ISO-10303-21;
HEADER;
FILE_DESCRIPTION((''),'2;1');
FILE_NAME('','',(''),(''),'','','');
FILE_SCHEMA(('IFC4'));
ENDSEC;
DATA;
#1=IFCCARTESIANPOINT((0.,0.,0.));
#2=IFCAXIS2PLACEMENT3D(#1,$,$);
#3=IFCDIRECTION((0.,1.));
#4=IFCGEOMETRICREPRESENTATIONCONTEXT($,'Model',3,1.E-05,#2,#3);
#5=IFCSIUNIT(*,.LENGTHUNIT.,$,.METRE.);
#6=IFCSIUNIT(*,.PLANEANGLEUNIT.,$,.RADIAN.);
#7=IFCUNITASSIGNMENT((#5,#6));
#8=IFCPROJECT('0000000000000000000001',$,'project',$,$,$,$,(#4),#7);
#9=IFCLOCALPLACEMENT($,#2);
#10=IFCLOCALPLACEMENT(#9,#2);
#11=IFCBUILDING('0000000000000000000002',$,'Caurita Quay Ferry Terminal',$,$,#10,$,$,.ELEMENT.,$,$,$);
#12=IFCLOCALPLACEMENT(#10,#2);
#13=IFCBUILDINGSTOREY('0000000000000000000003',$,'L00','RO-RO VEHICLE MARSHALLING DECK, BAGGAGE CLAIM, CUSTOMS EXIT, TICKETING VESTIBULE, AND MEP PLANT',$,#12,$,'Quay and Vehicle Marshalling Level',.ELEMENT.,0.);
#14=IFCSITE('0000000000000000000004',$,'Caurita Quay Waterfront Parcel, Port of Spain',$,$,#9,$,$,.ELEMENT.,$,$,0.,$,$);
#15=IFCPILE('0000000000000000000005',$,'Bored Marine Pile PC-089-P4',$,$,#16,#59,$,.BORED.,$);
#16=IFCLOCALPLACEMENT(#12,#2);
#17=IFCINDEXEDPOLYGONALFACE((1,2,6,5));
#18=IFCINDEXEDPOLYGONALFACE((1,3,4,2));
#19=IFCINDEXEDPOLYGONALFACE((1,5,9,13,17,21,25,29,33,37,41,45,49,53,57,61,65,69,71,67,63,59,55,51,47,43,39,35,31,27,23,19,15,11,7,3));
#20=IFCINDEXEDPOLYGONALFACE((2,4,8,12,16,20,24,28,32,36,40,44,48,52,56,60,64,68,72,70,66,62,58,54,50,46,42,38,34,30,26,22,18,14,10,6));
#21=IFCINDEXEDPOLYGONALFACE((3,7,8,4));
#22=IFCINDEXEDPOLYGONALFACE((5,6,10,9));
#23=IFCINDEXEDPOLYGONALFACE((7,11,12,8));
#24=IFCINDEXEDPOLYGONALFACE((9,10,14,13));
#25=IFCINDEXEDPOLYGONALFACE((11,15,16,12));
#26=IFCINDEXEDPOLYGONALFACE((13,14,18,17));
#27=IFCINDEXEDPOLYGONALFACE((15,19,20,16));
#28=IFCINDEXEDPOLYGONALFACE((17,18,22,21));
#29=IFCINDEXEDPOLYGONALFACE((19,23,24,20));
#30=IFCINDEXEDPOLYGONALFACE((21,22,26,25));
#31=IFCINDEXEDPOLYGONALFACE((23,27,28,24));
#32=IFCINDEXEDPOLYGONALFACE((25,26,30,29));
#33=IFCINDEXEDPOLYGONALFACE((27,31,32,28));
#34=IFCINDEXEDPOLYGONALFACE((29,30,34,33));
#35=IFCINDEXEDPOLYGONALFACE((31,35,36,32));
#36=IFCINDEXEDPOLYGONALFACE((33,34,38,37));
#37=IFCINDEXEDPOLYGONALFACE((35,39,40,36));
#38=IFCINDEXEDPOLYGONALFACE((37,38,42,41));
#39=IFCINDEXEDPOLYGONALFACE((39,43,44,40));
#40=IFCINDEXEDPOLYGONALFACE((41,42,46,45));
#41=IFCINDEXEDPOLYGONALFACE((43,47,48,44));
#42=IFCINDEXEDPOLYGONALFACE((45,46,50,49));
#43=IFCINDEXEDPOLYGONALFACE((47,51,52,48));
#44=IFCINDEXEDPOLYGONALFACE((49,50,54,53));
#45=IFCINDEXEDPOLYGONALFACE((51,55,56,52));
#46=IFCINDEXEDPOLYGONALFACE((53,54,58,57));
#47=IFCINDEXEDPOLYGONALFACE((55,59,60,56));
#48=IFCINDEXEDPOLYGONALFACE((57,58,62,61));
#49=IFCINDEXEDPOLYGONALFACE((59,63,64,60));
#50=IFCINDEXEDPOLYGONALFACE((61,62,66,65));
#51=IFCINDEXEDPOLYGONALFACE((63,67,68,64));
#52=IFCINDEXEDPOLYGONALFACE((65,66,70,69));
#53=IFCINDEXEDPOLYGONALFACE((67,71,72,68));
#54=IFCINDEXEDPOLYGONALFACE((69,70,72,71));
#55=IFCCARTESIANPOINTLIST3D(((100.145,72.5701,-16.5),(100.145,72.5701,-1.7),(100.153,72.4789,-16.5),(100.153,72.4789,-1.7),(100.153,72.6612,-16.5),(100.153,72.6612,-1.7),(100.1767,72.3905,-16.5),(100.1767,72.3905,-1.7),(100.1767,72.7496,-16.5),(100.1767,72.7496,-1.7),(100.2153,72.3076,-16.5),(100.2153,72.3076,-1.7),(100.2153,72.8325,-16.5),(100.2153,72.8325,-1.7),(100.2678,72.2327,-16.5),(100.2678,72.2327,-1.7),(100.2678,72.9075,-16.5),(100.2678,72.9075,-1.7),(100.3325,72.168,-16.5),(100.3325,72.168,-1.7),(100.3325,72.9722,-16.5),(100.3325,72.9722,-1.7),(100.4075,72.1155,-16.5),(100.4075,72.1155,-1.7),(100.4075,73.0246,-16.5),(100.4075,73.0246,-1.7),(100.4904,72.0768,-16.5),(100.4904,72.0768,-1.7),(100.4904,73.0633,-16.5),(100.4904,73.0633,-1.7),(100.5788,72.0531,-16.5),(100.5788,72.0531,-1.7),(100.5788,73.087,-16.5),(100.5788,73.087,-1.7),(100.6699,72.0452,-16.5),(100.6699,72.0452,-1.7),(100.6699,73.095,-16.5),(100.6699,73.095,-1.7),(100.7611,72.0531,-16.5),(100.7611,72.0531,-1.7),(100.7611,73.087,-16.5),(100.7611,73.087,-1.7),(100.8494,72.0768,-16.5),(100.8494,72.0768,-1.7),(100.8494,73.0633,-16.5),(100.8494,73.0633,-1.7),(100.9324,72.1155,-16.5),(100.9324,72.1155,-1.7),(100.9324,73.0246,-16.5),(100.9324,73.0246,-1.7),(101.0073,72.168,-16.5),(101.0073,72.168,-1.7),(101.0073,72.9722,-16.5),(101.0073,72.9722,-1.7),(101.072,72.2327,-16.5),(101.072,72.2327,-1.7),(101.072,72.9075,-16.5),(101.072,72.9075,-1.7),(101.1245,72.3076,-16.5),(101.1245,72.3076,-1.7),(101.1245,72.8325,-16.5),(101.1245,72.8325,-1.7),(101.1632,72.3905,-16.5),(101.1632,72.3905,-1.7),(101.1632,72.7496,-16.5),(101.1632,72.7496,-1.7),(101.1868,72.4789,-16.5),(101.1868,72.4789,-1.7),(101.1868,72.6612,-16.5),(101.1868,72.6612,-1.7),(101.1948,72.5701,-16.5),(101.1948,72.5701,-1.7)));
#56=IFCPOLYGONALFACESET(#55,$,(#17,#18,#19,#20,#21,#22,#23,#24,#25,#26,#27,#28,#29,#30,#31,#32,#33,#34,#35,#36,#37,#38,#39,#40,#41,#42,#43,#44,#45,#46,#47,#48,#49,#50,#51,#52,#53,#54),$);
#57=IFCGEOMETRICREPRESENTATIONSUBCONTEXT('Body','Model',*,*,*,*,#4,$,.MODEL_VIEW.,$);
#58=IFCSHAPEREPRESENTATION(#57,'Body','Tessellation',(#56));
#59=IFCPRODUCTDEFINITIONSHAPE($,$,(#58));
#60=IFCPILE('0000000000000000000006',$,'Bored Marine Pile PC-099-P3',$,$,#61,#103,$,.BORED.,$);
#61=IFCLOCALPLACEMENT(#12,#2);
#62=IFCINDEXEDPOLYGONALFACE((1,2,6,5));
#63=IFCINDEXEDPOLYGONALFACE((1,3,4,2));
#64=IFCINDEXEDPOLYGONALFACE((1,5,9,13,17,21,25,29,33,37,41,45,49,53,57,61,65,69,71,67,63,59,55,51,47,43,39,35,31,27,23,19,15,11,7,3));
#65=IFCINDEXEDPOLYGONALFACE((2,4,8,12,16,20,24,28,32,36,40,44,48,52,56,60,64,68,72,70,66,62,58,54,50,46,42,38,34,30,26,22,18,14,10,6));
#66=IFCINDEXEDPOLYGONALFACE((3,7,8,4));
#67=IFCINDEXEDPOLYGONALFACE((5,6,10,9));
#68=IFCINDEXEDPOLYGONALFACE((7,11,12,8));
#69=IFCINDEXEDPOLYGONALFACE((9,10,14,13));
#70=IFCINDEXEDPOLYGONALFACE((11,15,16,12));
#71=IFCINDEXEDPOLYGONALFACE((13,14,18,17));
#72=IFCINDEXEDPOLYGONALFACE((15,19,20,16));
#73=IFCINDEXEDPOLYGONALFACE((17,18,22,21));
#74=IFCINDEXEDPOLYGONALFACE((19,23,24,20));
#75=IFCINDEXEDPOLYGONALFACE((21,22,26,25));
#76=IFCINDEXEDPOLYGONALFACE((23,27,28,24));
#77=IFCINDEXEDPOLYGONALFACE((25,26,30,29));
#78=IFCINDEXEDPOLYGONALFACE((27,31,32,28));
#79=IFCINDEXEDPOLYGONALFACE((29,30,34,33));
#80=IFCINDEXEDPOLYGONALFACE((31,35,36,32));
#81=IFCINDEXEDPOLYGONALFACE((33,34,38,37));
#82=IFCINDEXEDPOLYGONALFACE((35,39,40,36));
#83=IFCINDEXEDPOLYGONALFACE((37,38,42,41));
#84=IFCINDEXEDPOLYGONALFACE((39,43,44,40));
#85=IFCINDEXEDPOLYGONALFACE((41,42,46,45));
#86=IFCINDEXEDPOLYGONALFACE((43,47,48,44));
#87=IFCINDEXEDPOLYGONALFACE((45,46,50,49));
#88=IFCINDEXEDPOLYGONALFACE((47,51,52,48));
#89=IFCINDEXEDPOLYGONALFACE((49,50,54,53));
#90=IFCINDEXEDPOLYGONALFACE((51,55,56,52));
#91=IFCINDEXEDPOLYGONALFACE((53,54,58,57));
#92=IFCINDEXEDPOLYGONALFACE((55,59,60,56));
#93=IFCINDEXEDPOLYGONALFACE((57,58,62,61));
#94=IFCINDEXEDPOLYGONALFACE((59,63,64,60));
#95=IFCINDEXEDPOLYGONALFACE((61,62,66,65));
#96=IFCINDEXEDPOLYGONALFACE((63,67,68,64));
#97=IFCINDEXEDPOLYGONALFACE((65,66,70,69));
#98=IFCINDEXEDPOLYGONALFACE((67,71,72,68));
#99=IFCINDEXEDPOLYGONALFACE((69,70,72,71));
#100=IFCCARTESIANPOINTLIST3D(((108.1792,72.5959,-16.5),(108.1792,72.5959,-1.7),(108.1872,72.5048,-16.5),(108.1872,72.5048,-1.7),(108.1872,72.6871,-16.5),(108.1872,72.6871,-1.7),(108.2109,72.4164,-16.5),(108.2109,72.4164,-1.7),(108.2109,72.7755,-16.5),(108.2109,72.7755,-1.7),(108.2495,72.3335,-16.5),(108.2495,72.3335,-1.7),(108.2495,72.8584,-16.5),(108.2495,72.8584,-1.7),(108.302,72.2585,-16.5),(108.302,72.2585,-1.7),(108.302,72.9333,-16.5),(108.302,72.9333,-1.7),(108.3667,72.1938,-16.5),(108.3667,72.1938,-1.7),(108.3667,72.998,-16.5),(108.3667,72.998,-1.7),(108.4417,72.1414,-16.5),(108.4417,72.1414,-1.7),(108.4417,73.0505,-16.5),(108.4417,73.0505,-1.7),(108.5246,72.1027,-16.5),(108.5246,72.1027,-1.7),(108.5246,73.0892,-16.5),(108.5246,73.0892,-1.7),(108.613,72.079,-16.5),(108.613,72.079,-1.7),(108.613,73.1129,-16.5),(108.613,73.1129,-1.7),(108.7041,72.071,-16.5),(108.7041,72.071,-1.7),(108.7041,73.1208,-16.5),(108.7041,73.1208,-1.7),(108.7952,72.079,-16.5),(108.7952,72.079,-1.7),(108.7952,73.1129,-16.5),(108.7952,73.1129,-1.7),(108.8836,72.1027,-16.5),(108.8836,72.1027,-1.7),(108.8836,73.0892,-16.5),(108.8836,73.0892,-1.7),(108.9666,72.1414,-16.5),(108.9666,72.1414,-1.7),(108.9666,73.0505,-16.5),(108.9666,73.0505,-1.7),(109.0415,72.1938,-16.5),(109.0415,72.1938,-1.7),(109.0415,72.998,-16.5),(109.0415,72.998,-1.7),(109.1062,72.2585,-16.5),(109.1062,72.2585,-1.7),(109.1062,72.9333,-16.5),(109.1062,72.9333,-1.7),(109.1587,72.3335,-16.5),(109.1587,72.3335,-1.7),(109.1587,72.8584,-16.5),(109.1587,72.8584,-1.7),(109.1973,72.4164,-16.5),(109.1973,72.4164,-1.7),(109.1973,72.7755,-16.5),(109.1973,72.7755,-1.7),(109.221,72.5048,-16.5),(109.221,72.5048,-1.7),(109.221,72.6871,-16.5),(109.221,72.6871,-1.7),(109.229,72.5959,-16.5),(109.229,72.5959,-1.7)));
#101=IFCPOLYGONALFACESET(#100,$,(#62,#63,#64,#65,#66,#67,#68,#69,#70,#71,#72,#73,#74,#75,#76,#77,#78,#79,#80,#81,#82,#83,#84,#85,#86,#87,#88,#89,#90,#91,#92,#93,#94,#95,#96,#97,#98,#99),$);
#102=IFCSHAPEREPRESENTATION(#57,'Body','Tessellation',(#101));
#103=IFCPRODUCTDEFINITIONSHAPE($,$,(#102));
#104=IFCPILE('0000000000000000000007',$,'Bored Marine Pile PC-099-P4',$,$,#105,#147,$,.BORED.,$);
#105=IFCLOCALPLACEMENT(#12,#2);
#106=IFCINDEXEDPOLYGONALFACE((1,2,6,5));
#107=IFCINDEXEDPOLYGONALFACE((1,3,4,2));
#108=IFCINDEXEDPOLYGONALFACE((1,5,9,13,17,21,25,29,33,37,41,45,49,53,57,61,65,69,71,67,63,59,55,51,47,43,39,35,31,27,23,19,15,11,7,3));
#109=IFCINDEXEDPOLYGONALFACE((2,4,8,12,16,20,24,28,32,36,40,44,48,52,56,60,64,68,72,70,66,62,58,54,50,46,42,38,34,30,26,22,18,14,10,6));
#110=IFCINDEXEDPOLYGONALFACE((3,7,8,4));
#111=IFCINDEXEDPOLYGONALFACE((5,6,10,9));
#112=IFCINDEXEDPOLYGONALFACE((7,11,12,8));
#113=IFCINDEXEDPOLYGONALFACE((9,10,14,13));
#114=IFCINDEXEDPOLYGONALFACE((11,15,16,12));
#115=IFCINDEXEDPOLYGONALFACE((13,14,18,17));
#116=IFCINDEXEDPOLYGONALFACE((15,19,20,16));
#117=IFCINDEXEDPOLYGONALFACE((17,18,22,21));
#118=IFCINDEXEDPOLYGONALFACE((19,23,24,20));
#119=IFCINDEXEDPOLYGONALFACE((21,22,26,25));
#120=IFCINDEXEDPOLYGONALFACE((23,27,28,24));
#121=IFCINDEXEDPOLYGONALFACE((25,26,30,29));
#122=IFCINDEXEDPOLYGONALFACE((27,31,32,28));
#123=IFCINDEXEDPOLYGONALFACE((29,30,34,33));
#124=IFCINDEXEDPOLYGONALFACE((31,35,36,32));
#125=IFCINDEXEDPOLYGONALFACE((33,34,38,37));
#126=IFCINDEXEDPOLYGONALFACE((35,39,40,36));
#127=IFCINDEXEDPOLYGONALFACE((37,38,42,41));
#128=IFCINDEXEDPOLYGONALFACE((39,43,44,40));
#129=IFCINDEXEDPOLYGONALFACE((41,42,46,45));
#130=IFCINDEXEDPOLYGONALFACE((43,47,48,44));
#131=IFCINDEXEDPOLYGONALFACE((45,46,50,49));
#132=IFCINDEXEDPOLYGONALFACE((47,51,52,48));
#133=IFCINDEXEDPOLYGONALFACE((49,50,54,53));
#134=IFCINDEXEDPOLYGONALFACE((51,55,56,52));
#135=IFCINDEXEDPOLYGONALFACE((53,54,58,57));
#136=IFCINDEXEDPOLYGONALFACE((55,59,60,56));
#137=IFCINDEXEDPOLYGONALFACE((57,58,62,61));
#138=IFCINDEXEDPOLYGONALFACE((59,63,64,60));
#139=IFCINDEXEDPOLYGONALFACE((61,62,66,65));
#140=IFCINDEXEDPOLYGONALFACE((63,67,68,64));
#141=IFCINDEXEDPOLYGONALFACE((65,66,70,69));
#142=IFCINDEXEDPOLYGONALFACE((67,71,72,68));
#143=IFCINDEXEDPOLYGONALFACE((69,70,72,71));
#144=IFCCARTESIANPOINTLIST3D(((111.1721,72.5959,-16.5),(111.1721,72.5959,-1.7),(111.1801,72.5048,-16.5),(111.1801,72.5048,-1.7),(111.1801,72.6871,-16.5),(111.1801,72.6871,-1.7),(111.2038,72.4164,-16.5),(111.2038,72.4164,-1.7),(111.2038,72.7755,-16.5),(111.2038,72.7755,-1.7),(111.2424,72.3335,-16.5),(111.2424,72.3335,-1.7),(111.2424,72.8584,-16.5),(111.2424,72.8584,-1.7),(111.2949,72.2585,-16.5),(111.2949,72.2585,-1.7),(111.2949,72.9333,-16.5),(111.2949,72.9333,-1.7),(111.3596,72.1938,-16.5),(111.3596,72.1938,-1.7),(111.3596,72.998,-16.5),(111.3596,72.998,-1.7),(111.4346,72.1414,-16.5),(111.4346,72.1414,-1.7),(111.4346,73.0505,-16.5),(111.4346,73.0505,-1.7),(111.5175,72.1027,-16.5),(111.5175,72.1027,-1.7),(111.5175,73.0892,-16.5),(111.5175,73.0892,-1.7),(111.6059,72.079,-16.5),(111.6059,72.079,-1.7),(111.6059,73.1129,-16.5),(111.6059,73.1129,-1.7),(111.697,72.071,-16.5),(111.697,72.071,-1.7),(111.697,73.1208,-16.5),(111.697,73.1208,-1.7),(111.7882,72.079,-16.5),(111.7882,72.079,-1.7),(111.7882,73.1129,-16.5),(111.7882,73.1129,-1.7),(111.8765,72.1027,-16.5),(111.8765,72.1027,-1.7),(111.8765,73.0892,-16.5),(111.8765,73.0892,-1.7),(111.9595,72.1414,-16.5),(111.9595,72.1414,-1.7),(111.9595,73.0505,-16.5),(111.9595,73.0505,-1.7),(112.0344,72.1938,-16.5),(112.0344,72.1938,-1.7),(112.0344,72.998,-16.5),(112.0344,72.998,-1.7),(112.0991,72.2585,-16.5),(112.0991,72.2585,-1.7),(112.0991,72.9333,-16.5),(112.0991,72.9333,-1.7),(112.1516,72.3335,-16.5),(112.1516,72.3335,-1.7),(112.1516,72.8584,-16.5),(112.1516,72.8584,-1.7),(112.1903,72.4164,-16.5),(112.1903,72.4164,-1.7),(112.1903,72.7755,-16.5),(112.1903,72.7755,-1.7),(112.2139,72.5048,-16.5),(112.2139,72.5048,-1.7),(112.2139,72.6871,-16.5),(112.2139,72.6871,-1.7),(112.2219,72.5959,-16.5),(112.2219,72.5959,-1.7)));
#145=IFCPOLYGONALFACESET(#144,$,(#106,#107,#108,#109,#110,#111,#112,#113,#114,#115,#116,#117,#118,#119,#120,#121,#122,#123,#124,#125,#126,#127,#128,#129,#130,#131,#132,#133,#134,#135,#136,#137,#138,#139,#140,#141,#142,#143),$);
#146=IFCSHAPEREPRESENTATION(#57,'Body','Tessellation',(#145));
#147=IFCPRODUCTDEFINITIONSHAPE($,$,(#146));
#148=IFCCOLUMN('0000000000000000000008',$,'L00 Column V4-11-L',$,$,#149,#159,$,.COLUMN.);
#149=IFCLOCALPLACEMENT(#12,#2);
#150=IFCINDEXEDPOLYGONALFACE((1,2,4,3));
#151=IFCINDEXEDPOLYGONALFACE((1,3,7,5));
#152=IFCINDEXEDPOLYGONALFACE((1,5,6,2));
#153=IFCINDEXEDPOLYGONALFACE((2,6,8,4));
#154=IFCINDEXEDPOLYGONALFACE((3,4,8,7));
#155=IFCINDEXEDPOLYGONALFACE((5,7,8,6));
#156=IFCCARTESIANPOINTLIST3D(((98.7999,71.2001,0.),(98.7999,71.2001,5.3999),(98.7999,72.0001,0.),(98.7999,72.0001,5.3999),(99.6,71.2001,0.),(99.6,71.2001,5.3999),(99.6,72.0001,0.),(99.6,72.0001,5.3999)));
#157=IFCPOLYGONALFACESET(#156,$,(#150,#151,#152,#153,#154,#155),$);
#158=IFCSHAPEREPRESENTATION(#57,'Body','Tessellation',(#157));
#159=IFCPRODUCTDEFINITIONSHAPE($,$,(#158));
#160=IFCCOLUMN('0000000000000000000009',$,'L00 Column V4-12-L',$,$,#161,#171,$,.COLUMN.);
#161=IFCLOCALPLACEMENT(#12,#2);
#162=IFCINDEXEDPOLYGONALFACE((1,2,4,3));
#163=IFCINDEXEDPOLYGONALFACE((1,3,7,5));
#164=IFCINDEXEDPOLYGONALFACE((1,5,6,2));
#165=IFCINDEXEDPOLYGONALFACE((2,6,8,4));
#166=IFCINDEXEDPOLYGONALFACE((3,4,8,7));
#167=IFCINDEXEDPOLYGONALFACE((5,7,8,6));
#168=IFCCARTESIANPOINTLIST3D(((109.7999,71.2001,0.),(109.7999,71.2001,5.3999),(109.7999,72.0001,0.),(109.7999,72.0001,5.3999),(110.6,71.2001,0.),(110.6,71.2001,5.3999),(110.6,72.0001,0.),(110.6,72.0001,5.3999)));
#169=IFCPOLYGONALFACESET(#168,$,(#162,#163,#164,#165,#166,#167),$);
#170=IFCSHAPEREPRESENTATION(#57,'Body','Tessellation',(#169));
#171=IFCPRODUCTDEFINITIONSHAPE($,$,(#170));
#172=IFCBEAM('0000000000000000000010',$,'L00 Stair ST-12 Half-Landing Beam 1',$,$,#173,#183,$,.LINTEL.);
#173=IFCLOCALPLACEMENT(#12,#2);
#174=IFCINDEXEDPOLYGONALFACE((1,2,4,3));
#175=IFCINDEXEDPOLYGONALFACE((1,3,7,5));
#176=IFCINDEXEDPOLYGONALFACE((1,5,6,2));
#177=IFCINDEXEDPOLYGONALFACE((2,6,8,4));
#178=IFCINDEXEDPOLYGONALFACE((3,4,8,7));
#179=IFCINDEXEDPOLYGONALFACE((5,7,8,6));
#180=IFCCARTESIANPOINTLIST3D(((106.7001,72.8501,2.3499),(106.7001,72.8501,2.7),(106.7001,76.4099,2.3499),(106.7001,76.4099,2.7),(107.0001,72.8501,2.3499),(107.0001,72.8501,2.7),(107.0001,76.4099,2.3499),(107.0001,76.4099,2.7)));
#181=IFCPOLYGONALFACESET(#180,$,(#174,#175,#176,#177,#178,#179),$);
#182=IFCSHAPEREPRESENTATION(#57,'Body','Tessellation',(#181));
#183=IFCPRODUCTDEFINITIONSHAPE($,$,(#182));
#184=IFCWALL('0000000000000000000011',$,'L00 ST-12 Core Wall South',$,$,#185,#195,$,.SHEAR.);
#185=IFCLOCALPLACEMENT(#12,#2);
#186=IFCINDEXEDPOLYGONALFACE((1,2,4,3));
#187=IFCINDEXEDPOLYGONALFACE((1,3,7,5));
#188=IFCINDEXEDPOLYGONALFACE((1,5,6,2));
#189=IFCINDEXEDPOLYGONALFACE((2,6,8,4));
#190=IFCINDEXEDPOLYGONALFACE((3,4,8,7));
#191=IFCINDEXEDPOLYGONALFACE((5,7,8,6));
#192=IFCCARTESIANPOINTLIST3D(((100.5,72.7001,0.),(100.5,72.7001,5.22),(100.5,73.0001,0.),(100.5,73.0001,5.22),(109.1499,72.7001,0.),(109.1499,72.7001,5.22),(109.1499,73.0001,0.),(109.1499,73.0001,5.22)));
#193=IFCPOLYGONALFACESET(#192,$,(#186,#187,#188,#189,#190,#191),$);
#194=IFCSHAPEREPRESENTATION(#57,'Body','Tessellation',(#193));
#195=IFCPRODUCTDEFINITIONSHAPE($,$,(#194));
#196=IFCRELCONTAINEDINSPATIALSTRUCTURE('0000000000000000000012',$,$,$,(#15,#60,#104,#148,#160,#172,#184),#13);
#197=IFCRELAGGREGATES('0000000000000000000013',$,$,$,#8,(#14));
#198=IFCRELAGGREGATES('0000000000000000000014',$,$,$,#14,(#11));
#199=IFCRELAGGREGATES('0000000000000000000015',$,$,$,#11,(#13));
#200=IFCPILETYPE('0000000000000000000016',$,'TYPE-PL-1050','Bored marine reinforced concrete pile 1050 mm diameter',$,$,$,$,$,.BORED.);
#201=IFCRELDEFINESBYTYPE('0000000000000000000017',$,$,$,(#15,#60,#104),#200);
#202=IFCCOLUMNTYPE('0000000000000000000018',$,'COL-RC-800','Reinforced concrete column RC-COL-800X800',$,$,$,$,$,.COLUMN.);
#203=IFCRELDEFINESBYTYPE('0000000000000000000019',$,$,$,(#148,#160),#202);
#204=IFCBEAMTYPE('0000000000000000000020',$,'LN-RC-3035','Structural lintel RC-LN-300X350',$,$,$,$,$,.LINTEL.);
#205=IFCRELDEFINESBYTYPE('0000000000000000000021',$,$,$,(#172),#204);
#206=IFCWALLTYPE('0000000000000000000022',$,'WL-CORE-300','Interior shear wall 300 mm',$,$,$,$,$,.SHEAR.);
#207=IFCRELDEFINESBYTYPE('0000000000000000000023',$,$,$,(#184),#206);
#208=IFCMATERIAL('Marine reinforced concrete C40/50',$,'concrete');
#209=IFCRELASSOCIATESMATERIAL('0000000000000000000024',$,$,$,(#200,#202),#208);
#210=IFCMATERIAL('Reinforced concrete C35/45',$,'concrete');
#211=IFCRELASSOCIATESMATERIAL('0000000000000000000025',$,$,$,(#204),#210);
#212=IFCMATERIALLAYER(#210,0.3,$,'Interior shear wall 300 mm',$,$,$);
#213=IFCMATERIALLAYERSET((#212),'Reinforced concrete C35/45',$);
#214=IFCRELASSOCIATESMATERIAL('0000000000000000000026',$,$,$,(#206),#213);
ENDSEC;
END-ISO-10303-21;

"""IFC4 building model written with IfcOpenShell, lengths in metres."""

from ifc_helpers import new_model, si_unit, direction, frame, frame_2d, origin, origin_2d, place, context, subcontext, project, spatial, rectangle, circle, extrude, material, layer, layer_set, material_profile, profile_set, type_object, element, save


model = new_model("IFC4")

# Units and contexts
model_context = context("Model", 3, precision=1e-05, world=origin(), true_north=direction((0.0, 1.0)))
body_context = subcontext(model_context, "Body", "Model", "MODEL_VIEW")
ifc_project = project(units=[si_unit("LENGTHUNIT", "METRE"), si_unit("PLANEANGLEUNIT", "RADIAN")], contexts=[model_context])

# Site, building, storey
site_placement = place(None, origin())
site = spatial("IfcSite", under=ifc_project, at=site_placement, Name="Caurita Quay Waterfront Parcel, Port of Spain", CompositionType="ELEMENT", RefElevation=0.0)
building_placement = place(site_placement, origin())
building = spatial("IfcBuilding", under=site, at=building_placement, Name="Caurita Quay Ferry Terminal", CompositionType="ELEMENT")
storey_placement = place(building_placement, origin())
storey = spatial("IfcBuildingStorey", under=building, at=storey_placement, Name="L00", Description="RO-RO VEHICLE MARSHALLING DECK, BAGGAGE CLAIM, CUSTOMS EXIT, TICKETING VESTIBULE, AND MEP PLANT", LongName="Quay and Vehicle Marshalling Level", CompositionType="ELEMENT", Elevation=0.0)

# Piles
ifc_material_1 = material(Name="Marine reinforced concrete C40/50", Category="concrete")
ifc_material_profile_1 = material_profile(ifc_material_1, circle(Radius=0.5249, at=origin_2d()), Name="PILE-D1050")
ifc_profile_set_1 = profile_set([ifc_material_profile_1], Name="Marine reinforced concrete C40/50")
pile_type = type_object("IfcPileType", Name="TYPE-PL-1050", Description="Bored marine reinforced concrete pile 1050 mm diameter", PredefinedType="BORED", material=ifc_profile_set_1)
for number, where, z_axis, x_axis, name in (
    (1, (100.6699, 72.5701, -1.7), (0.0, 0.0, -1.0), (1.0, 0.0, 0.0), "Bored Marine Pile PC-089-P4"),
    (2, (108.7041, 72.5959, -1.7), (0.0, 0.0, -1.0), (1.0, 0.0, 0.0), "Bored Marine Pile PC-099-P3"),
    (3, (111.697, 72.5959, -1.7), (0.0, 0.0, -1.0), (1.0, 0.0, 0.0), "Bored Marine Pile PC-099-P4"),
):
    element("IfcPile", number, at=place(storey_placement, frame(where, z_axis=z_axis, x_axis=x_axis)), inside=storey, type_object=pile_type, Name=name, PredefinedType="BORED", context=body_context, shape_type="SweptSolid", body=[
        extrude(circle(Radius=0.5249, at=origin_2d()), origin(), (0.0, 0.0, 1.0), 14.8),
    ])

# Columns
ifc_material_profile_2 = material_profile(ifc_material_1, rectangle(XDim=0.8, YDim=0.8, at=origin_2d()), Name="RC-COL-800X800")
ifc_profile_set_2 = profile_set([ifc_material_profile_2], Name="Marine reinforced concrete C40/50")
column_type = type_object("IfcColumnType", Name="COL-RC-800", Description="Reinforced concrete column RC-COL-800X800", PredefinedType="COLUMN", material=ifc_profile_set_2)
for number, where, z_axis, x_axis, name in (
    (4, (99.2, 71.6001, 0.0), (0.0, 0.0, 1.0), (1.0, 0.0, 0.0), "L00 Column V4-11-L"),
    (5, (110.2, 71.6001, 0.0), (0.0, 0.0, 1.0), (1.0, 0.0, 0.0), "L00 Column V4-12-L"),
):
    element("IfcColumn", number, at=place(storey_placement, frame(where, z_axis=z_axis, x_axis=x_axis)), inside=storey, type_object=column_type, Name=name, PredefinedType="COLUMN", context=body_context, shape_type="SweptSolid", body=[
        extrude(rectangle(XDim=0.8, YDim=0.8, at=origin_2d()), origin(), (0.0, 0.0, 1.0), 5.3999),
    ])

# Beam
ifc_material_2 = material(Name="Reinforced concrete C35/45", Category="concrete")
ifc_material_profile_3 = material_profile(ifc_material_2, rectangle(XDim=0.3, YDim=0.3501, at=origin_2d()), Name="RC-LN-300X350")
ifc_profile_set_3 = profile_set([ifc_material_profile_3], Name="Reinforced concrete C35/45")
beam_type = type_object("IfcBeamType", Name="LN-RC-3035", Description="Structural lintel RC-LN-300X350", PredefinedType="LINTEL", material=ifc_profile_set_3)
beam_placement = place(storey_placement, frame((106.8501, 72.8501, 2.5249), z_axis=(0.0, 1.0, 0.0), x_axis=(-1.0, 0.0, 0.0)))
element("IfcBeam", 6, at=beam_placement, inside=storey, type_object=beam_type, Name="L00 Stair ST-12 Half-Landing Beam 1", PredefinedType="LINTEL", context=body_context, shape_type="SweptSolid", body=[
    extrude(rectangle(XDim=0.3, YDim=0.3501, at=origin_2d()), origin(), (0.0, 0.0, 1.0), 3.5598),
])

# Wall
ifc_layer_1 = layer(ifc_material_2, 0.3, Name="Interior shear wall 300 mm")
ifc_layer_set_1 = layer_set([ifc_layer_1], Name="Reinforced concrete C35/45")
wall_type_1 = type_object("IfcWallType", Name="WL-CORE-300", Description="Interior shear wall 300 mm", PredefinedType="SHEAR", material=ifc_layer_set_1)
wall_1_placement = place(storey_placement, frame((100.5, 72.8501, 0.0), z_axis=(0.0, 0.0, 1.0), x_axis=(1.0, 0.0, 0.0)))
element("IfcWall", 7, at=wall_1_placement, inside=storey, type_object=wall_type_1, Name="L00 ST-12 Core Wall South", PredefinedType="SHEAR", context=body_context, shape_type="SweptSolid", body=[
    extrude(rectangle(XDim=8.6499, YDim=0.3, at=frame_2d((4.325, 0.0))), origin(), (0.0, 0.0, 1.0), 5.22),
])

save(model, "model.ifc")
